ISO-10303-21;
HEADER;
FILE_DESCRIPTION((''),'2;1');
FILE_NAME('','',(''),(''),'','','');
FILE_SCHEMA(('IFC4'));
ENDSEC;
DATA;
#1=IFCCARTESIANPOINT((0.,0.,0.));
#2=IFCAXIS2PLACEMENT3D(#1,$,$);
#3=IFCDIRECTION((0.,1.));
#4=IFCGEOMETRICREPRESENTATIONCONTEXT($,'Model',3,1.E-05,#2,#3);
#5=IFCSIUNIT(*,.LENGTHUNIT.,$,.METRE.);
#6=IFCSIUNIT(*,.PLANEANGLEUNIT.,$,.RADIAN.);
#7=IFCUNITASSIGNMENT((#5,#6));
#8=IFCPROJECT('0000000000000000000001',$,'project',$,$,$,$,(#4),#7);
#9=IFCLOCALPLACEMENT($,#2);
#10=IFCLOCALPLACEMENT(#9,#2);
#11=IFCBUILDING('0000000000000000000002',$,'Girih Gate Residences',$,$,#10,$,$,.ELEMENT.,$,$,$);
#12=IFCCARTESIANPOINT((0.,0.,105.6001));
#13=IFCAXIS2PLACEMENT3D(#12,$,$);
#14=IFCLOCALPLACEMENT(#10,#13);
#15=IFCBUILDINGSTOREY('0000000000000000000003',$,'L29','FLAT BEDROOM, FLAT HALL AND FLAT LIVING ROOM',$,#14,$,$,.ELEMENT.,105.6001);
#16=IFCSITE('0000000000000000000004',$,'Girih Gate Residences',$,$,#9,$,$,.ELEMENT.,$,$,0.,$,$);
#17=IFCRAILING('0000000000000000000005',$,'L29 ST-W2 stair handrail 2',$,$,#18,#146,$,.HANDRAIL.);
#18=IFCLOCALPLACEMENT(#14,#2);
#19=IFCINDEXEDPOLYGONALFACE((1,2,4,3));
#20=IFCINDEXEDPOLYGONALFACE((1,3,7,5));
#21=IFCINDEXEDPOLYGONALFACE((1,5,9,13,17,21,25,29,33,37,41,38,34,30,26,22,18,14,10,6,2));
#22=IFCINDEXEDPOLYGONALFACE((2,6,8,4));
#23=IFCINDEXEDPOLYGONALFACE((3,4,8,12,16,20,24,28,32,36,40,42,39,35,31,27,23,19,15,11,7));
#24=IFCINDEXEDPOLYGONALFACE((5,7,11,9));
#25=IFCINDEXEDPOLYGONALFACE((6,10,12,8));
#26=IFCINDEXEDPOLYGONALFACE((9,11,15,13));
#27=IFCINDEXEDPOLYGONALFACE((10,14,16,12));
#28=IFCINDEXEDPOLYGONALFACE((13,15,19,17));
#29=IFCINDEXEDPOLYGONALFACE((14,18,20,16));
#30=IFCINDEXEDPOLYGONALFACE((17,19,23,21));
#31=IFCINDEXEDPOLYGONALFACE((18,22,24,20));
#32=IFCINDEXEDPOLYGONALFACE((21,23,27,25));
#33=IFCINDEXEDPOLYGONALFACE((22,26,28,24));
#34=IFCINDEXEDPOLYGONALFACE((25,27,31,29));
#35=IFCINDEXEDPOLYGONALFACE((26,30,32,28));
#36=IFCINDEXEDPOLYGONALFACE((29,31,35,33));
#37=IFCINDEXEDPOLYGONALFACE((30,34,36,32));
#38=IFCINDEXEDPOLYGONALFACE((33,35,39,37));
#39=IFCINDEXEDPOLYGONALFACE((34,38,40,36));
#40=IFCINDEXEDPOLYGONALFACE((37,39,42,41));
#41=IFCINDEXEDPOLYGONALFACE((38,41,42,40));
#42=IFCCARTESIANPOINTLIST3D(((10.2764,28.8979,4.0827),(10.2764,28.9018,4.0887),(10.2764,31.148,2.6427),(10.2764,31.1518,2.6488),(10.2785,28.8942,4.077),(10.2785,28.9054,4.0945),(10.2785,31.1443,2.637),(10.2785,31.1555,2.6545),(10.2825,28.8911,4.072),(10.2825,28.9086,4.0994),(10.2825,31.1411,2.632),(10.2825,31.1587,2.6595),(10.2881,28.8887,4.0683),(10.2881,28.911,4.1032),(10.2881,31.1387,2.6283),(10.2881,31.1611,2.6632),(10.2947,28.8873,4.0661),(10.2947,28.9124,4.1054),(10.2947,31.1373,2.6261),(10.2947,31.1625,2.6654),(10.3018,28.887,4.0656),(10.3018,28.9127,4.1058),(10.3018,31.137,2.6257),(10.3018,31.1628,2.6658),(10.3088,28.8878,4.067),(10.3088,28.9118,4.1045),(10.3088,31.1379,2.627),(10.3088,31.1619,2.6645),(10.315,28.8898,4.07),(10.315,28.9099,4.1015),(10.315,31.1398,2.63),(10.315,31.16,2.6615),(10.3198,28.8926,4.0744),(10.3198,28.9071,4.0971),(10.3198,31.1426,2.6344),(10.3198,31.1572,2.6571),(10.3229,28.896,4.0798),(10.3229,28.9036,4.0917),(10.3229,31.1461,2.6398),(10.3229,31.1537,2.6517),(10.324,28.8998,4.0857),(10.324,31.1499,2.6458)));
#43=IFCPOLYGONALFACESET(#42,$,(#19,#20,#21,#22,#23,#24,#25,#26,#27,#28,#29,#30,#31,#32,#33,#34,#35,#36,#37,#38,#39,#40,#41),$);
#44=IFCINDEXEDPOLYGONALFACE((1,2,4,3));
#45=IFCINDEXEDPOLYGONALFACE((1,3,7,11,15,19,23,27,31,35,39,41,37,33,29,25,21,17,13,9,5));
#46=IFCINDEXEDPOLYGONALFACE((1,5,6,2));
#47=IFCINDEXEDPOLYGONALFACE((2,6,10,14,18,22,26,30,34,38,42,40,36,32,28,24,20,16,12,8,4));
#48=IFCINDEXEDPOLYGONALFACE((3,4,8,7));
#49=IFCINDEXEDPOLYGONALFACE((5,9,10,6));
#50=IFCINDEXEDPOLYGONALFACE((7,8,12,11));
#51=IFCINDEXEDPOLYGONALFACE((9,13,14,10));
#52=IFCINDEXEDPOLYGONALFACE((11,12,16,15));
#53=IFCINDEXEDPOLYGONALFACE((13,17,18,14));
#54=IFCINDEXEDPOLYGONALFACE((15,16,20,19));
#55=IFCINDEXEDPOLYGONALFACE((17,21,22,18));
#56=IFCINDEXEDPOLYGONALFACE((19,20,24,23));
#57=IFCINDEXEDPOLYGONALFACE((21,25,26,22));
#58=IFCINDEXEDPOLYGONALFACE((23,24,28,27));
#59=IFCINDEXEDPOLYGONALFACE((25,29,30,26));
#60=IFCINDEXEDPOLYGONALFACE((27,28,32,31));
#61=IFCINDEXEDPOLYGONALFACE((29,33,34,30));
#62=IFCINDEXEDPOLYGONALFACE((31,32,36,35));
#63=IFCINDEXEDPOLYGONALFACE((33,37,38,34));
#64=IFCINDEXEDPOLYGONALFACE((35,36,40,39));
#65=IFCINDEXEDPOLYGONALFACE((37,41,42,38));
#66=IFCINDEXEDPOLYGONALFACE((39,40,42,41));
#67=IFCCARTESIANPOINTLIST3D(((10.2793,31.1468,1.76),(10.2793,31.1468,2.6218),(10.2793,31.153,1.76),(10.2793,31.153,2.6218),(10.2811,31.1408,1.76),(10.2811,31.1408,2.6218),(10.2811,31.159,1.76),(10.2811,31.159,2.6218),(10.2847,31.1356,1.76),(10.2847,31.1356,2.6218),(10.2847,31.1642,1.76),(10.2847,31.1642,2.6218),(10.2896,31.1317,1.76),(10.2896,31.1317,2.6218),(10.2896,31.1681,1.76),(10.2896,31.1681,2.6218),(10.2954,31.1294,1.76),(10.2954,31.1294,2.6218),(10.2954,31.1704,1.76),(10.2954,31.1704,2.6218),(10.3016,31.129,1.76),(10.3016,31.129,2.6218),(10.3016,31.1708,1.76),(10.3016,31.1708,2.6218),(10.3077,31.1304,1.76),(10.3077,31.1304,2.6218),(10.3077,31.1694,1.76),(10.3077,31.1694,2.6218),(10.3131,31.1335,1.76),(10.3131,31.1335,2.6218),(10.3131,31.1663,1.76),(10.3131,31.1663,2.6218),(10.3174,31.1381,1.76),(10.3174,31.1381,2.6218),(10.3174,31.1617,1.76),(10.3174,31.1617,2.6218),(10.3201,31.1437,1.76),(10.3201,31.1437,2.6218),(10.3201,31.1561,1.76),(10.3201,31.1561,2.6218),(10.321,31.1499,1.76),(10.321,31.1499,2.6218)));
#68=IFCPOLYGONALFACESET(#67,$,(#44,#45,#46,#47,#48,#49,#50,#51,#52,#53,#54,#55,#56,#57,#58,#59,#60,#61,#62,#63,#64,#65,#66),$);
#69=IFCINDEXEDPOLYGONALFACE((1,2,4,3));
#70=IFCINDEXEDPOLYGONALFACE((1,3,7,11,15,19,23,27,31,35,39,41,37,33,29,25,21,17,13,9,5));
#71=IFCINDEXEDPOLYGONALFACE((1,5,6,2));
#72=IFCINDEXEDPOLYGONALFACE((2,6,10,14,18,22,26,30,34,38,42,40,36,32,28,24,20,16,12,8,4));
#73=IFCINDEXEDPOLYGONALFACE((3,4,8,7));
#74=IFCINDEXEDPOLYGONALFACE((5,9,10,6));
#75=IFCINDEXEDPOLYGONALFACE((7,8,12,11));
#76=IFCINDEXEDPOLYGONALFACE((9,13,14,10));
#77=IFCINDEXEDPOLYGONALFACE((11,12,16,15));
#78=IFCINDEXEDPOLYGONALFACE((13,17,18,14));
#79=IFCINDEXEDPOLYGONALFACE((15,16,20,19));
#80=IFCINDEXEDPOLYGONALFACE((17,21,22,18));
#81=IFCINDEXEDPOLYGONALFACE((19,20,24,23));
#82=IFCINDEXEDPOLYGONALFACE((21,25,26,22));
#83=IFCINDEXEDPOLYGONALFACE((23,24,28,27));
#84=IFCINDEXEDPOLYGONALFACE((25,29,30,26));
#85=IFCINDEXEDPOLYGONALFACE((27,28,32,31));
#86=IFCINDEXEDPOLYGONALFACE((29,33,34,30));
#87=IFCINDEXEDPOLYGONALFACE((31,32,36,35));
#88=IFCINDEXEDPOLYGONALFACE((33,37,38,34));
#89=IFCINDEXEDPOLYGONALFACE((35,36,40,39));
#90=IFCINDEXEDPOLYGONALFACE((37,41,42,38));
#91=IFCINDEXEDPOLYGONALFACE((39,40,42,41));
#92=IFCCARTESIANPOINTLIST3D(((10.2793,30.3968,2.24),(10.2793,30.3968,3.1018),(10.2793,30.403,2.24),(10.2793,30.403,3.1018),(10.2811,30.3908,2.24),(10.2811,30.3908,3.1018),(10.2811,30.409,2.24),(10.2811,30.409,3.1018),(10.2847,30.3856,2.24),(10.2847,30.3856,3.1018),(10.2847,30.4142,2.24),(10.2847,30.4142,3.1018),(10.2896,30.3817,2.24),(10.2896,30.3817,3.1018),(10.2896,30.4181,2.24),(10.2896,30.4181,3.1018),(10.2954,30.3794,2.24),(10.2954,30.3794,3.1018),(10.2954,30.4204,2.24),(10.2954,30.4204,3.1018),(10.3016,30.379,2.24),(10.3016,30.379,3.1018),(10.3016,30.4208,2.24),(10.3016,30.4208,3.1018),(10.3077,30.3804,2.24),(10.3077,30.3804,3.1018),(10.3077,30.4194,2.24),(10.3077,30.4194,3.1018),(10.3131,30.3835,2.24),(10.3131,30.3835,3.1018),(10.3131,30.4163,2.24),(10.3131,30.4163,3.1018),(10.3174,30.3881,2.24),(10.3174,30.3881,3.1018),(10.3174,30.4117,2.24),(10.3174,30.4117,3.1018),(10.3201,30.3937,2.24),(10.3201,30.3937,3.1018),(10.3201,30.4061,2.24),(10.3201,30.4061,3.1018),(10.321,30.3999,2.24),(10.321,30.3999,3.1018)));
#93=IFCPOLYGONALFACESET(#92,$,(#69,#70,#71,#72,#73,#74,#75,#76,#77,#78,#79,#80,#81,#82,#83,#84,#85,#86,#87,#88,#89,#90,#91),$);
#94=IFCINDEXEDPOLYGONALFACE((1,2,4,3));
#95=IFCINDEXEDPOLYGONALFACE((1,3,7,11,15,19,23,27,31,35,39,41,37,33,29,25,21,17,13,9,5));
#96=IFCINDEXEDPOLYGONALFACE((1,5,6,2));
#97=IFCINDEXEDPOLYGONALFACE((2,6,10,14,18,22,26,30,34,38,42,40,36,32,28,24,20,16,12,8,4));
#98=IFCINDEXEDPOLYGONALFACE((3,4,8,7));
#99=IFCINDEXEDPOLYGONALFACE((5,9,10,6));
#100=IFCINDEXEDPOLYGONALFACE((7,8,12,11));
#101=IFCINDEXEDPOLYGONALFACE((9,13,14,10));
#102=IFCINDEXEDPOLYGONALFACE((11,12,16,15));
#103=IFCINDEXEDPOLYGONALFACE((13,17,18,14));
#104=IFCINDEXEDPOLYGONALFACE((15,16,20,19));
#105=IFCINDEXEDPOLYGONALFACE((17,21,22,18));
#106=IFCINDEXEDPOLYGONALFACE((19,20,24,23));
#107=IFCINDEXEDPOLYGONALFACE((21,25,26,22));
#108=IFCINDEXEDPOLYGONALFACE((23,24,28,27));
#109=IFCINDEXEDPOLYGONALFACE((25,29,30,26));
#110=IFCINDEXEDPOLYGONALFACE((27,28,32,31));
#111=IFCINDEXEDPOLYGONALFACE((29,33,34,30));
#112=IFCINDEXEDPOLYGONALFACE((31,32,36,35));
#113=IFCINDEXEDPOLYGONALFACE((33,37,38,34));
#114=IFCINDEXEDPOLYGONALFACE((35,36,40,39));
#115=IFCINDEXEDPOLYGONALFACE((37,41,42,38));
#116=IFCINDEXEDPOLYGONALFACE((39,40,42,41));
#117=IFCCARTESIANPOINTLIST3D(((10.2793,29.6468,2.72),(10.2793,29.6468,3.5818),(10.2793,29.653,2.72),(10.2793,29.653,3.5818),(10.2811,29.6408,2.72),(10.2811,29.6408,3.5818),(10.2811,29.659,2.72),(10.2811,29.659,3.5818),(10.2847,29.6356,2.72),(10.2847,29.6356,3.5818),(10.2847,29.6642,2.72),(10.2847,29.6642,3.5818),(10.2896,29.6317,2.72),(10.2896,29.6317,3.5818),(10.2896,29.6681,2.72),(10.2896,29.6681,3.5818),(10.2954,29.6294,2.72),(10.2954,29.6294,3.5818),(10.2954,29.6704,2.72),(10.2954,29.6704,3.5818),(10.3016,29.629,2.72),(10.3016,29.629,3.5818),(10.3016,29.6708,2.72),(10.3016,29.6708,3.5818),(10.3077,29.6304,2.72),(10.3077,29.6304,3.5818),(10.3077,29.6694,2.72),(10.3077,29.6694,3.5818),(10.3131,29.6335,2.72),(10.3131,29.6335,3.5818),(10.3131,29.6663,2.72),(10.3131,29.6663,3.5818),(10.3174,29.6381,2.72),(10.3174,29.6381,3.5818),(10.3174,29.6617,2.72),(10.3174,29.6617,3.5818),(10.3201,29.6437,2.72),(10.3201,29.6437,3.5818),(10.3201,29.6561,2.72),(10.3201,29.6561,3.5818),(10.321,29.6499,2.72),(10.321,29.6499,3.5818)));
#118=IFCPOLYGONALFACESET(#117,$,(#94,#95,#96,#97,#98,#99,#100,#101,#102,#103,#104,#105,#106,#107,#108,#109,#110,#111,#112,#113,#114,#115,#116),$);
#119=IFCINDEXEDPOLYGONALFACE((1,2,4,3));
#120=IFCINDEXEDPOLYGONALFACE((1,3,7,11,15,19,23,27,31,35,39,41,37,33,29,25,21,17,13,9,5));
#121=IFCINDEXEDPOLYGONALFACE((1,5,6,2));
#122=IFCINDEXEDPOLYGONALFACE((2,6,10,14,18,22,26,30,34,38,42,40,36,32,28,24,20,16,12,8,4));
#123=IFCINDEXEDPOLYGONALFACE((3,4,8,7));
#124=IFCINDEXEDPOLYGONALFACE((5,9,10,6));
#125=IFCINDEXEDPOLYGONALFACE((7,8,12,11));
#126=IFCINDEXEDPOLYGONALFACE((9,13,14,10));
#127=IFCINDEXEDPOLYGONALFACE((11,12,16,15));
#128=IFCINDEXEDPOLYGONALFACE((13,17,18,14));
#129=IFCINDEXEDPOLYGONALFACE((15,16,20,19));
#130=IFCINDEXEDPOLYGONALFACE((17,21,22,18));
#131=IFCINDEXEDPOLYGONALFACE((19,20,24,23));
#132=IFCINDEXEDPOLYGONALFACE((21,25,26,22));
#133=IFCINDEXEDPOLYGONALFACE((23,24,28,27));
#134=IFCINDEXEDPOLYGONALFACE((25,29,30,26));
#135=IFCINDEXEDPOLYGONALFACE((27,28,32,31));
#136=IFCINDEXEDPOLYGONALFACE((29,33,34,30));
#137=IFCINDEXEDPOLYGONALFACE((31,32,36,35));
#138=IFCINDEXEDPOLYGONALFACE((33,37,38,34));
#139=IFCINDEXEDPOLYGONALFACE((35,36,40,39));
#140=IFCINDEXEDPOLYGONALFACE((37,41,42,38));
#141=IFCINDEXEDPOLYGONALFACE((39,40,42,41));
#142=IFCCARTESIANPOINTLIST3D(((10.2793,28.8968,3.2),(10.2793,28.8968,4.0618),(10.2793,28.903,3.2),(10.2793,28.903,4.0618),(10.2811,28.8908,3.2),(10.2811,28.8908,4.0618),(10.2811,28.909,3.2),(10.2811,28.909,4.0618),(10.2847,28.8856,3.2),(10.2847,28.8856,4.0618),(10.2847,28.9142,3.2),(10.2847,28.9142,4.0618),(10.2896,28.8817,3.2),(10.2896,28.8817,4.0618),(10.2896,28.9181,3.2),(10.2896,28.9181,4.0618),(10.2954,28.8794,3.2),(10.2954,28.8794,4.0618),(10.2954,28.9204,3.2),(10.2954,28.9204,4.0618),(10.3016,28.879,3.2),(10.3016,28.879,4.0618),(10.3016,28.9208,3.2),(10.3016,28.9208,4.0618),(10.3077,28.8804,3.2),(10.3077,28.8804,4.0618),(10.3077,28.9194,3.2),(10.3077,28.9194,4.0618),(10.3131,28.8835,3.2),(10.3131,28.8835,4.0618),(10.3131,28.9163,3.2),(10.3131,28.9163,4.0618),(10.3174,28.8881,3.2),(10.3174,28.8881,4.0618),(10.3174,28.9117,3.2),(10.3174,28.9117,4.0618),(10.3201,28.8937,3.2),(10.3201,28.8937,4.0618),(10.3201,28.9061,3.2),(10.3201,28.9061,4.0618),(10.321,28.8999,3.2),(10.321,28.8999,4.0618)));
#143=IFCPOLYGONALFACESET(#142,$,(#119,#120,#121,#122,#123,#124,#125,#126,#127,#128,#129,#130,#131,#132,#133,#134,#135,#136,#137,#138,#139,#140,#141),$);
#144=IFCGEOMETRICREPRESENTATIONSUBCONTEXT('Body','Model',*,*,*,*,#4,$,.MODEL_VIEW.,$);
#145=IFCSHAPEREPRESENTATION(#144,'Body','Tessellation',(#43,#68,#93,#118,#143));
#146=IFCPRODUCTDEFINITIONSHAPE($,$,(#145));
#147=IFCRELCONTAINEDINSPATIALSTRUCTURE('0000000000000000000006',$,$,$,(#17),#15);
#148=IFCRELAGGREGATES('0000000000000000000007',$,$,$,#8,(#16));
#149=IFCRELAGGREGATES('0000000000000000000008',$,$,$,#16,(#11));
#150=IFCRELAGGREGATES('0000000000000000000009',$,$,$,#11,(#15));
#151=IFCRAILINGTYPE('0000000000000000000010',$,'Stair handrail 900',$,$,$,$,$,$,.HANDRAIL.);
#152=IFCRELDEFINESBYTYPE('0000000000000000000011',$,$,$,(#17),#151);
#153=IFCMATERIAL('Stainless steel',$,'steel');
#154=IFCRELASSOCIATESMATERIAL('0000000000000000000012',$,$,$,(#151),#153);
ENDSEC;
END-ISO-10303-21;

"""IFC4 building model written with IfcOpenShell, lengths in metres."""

from ifc_helpers import new_model, si_unit, direction, frame, origin, origin_2d, place, context, subcontext, project, spatial, circle, extrude, material, type_object, element, save


model = new_model("IFC4")

# Units and contexts
model_context = context("Model", 3, precision=1e-05, world=origin(), true_north=direction((0.0, 1.0)))
body_context = subcontext(model_context, "Body", "Model", "MODEL_VIEW")
ifc_project = project(units=[si_unit("LENGTHUNIT", "METRE"), si_unit("PLANEANGLEUNIT", "RADIAN")], contexts=[model_context])

# Site, building, storey
site_placement = place(None, origin())
site = spatial("IfcSite", under=ifc_project, at=site_placement, Name="Girih Gate Residences", CompositionType="ELEMENT", RefElevation=0.0)
building_placement = place(site_placement, origin())
building = spatial("IfcBuilding", under=site, at=building_placement, Name="Girih Gate Residences", CompositionType="ELEMENT")
storey_placement = place(building_placement, frame((0.0, 0.0, 105.6001)))
storey = spatial("IfcBuildingStorey", under=building, at=storey_placement, Name="L29", Description="FLAT BEDROOM, FLAT HALL AND FLAT LIVING ROOM", CompositionType="ELEMENT", Elevation=105.6001)

# Railing
ifc_material_1 = material(Name="Stainless steel", Category="steel")
railing_type_1 = type_object("IfcRailingType", Name="Stair handrail 900", PredefinedType="HANDRAIL", material=ifc_material_1)
railing_1_placement = place(storey_placement, frame((10.3, 31.1499, 1.76)))
element("IfcRailing", 1, at=railing_1_placement, inside=storey, type_object=railing_type_1, Name="L29 ST-W2 stair handrail 2", PredefinedType="HANDRAIL", context=body_context, shape_type="SweptSolid", body=[
    extrude(circle(Radius=0.0239, at=origin_2d()), frame((0.0, 0.0, 0.8857), z_axis=(0.0, -0.842281, 0.539038), x_axis=(1.0, 0.0, 0.0)), (0.0, 0.0, 1.0), 2.6714),
    extrude(circle(Radius=0.021, at=origin_2d()), origin(), (0.0, 0.0, 1.0), 0.8618),
    extrude(circle(Radius=0.021, at=origin_2d()), frame((0.0, -0.75, 0.48)), (0.0, 0.0, 1.0), 0.8618),
    extrude(circle(Radius=0.021, at=origin_2d()), frame((0.0, -1.5, 0.96)), (0.0, 0.0, 1.0), 0.8618),
    extrude(circle(Radius=0.021, at=origin_2d()), frame((0.0, -2.25, 1.4399)), (0.0, 0.0, 1.0), 0.8618),
])

save(model, "model.ifc")
